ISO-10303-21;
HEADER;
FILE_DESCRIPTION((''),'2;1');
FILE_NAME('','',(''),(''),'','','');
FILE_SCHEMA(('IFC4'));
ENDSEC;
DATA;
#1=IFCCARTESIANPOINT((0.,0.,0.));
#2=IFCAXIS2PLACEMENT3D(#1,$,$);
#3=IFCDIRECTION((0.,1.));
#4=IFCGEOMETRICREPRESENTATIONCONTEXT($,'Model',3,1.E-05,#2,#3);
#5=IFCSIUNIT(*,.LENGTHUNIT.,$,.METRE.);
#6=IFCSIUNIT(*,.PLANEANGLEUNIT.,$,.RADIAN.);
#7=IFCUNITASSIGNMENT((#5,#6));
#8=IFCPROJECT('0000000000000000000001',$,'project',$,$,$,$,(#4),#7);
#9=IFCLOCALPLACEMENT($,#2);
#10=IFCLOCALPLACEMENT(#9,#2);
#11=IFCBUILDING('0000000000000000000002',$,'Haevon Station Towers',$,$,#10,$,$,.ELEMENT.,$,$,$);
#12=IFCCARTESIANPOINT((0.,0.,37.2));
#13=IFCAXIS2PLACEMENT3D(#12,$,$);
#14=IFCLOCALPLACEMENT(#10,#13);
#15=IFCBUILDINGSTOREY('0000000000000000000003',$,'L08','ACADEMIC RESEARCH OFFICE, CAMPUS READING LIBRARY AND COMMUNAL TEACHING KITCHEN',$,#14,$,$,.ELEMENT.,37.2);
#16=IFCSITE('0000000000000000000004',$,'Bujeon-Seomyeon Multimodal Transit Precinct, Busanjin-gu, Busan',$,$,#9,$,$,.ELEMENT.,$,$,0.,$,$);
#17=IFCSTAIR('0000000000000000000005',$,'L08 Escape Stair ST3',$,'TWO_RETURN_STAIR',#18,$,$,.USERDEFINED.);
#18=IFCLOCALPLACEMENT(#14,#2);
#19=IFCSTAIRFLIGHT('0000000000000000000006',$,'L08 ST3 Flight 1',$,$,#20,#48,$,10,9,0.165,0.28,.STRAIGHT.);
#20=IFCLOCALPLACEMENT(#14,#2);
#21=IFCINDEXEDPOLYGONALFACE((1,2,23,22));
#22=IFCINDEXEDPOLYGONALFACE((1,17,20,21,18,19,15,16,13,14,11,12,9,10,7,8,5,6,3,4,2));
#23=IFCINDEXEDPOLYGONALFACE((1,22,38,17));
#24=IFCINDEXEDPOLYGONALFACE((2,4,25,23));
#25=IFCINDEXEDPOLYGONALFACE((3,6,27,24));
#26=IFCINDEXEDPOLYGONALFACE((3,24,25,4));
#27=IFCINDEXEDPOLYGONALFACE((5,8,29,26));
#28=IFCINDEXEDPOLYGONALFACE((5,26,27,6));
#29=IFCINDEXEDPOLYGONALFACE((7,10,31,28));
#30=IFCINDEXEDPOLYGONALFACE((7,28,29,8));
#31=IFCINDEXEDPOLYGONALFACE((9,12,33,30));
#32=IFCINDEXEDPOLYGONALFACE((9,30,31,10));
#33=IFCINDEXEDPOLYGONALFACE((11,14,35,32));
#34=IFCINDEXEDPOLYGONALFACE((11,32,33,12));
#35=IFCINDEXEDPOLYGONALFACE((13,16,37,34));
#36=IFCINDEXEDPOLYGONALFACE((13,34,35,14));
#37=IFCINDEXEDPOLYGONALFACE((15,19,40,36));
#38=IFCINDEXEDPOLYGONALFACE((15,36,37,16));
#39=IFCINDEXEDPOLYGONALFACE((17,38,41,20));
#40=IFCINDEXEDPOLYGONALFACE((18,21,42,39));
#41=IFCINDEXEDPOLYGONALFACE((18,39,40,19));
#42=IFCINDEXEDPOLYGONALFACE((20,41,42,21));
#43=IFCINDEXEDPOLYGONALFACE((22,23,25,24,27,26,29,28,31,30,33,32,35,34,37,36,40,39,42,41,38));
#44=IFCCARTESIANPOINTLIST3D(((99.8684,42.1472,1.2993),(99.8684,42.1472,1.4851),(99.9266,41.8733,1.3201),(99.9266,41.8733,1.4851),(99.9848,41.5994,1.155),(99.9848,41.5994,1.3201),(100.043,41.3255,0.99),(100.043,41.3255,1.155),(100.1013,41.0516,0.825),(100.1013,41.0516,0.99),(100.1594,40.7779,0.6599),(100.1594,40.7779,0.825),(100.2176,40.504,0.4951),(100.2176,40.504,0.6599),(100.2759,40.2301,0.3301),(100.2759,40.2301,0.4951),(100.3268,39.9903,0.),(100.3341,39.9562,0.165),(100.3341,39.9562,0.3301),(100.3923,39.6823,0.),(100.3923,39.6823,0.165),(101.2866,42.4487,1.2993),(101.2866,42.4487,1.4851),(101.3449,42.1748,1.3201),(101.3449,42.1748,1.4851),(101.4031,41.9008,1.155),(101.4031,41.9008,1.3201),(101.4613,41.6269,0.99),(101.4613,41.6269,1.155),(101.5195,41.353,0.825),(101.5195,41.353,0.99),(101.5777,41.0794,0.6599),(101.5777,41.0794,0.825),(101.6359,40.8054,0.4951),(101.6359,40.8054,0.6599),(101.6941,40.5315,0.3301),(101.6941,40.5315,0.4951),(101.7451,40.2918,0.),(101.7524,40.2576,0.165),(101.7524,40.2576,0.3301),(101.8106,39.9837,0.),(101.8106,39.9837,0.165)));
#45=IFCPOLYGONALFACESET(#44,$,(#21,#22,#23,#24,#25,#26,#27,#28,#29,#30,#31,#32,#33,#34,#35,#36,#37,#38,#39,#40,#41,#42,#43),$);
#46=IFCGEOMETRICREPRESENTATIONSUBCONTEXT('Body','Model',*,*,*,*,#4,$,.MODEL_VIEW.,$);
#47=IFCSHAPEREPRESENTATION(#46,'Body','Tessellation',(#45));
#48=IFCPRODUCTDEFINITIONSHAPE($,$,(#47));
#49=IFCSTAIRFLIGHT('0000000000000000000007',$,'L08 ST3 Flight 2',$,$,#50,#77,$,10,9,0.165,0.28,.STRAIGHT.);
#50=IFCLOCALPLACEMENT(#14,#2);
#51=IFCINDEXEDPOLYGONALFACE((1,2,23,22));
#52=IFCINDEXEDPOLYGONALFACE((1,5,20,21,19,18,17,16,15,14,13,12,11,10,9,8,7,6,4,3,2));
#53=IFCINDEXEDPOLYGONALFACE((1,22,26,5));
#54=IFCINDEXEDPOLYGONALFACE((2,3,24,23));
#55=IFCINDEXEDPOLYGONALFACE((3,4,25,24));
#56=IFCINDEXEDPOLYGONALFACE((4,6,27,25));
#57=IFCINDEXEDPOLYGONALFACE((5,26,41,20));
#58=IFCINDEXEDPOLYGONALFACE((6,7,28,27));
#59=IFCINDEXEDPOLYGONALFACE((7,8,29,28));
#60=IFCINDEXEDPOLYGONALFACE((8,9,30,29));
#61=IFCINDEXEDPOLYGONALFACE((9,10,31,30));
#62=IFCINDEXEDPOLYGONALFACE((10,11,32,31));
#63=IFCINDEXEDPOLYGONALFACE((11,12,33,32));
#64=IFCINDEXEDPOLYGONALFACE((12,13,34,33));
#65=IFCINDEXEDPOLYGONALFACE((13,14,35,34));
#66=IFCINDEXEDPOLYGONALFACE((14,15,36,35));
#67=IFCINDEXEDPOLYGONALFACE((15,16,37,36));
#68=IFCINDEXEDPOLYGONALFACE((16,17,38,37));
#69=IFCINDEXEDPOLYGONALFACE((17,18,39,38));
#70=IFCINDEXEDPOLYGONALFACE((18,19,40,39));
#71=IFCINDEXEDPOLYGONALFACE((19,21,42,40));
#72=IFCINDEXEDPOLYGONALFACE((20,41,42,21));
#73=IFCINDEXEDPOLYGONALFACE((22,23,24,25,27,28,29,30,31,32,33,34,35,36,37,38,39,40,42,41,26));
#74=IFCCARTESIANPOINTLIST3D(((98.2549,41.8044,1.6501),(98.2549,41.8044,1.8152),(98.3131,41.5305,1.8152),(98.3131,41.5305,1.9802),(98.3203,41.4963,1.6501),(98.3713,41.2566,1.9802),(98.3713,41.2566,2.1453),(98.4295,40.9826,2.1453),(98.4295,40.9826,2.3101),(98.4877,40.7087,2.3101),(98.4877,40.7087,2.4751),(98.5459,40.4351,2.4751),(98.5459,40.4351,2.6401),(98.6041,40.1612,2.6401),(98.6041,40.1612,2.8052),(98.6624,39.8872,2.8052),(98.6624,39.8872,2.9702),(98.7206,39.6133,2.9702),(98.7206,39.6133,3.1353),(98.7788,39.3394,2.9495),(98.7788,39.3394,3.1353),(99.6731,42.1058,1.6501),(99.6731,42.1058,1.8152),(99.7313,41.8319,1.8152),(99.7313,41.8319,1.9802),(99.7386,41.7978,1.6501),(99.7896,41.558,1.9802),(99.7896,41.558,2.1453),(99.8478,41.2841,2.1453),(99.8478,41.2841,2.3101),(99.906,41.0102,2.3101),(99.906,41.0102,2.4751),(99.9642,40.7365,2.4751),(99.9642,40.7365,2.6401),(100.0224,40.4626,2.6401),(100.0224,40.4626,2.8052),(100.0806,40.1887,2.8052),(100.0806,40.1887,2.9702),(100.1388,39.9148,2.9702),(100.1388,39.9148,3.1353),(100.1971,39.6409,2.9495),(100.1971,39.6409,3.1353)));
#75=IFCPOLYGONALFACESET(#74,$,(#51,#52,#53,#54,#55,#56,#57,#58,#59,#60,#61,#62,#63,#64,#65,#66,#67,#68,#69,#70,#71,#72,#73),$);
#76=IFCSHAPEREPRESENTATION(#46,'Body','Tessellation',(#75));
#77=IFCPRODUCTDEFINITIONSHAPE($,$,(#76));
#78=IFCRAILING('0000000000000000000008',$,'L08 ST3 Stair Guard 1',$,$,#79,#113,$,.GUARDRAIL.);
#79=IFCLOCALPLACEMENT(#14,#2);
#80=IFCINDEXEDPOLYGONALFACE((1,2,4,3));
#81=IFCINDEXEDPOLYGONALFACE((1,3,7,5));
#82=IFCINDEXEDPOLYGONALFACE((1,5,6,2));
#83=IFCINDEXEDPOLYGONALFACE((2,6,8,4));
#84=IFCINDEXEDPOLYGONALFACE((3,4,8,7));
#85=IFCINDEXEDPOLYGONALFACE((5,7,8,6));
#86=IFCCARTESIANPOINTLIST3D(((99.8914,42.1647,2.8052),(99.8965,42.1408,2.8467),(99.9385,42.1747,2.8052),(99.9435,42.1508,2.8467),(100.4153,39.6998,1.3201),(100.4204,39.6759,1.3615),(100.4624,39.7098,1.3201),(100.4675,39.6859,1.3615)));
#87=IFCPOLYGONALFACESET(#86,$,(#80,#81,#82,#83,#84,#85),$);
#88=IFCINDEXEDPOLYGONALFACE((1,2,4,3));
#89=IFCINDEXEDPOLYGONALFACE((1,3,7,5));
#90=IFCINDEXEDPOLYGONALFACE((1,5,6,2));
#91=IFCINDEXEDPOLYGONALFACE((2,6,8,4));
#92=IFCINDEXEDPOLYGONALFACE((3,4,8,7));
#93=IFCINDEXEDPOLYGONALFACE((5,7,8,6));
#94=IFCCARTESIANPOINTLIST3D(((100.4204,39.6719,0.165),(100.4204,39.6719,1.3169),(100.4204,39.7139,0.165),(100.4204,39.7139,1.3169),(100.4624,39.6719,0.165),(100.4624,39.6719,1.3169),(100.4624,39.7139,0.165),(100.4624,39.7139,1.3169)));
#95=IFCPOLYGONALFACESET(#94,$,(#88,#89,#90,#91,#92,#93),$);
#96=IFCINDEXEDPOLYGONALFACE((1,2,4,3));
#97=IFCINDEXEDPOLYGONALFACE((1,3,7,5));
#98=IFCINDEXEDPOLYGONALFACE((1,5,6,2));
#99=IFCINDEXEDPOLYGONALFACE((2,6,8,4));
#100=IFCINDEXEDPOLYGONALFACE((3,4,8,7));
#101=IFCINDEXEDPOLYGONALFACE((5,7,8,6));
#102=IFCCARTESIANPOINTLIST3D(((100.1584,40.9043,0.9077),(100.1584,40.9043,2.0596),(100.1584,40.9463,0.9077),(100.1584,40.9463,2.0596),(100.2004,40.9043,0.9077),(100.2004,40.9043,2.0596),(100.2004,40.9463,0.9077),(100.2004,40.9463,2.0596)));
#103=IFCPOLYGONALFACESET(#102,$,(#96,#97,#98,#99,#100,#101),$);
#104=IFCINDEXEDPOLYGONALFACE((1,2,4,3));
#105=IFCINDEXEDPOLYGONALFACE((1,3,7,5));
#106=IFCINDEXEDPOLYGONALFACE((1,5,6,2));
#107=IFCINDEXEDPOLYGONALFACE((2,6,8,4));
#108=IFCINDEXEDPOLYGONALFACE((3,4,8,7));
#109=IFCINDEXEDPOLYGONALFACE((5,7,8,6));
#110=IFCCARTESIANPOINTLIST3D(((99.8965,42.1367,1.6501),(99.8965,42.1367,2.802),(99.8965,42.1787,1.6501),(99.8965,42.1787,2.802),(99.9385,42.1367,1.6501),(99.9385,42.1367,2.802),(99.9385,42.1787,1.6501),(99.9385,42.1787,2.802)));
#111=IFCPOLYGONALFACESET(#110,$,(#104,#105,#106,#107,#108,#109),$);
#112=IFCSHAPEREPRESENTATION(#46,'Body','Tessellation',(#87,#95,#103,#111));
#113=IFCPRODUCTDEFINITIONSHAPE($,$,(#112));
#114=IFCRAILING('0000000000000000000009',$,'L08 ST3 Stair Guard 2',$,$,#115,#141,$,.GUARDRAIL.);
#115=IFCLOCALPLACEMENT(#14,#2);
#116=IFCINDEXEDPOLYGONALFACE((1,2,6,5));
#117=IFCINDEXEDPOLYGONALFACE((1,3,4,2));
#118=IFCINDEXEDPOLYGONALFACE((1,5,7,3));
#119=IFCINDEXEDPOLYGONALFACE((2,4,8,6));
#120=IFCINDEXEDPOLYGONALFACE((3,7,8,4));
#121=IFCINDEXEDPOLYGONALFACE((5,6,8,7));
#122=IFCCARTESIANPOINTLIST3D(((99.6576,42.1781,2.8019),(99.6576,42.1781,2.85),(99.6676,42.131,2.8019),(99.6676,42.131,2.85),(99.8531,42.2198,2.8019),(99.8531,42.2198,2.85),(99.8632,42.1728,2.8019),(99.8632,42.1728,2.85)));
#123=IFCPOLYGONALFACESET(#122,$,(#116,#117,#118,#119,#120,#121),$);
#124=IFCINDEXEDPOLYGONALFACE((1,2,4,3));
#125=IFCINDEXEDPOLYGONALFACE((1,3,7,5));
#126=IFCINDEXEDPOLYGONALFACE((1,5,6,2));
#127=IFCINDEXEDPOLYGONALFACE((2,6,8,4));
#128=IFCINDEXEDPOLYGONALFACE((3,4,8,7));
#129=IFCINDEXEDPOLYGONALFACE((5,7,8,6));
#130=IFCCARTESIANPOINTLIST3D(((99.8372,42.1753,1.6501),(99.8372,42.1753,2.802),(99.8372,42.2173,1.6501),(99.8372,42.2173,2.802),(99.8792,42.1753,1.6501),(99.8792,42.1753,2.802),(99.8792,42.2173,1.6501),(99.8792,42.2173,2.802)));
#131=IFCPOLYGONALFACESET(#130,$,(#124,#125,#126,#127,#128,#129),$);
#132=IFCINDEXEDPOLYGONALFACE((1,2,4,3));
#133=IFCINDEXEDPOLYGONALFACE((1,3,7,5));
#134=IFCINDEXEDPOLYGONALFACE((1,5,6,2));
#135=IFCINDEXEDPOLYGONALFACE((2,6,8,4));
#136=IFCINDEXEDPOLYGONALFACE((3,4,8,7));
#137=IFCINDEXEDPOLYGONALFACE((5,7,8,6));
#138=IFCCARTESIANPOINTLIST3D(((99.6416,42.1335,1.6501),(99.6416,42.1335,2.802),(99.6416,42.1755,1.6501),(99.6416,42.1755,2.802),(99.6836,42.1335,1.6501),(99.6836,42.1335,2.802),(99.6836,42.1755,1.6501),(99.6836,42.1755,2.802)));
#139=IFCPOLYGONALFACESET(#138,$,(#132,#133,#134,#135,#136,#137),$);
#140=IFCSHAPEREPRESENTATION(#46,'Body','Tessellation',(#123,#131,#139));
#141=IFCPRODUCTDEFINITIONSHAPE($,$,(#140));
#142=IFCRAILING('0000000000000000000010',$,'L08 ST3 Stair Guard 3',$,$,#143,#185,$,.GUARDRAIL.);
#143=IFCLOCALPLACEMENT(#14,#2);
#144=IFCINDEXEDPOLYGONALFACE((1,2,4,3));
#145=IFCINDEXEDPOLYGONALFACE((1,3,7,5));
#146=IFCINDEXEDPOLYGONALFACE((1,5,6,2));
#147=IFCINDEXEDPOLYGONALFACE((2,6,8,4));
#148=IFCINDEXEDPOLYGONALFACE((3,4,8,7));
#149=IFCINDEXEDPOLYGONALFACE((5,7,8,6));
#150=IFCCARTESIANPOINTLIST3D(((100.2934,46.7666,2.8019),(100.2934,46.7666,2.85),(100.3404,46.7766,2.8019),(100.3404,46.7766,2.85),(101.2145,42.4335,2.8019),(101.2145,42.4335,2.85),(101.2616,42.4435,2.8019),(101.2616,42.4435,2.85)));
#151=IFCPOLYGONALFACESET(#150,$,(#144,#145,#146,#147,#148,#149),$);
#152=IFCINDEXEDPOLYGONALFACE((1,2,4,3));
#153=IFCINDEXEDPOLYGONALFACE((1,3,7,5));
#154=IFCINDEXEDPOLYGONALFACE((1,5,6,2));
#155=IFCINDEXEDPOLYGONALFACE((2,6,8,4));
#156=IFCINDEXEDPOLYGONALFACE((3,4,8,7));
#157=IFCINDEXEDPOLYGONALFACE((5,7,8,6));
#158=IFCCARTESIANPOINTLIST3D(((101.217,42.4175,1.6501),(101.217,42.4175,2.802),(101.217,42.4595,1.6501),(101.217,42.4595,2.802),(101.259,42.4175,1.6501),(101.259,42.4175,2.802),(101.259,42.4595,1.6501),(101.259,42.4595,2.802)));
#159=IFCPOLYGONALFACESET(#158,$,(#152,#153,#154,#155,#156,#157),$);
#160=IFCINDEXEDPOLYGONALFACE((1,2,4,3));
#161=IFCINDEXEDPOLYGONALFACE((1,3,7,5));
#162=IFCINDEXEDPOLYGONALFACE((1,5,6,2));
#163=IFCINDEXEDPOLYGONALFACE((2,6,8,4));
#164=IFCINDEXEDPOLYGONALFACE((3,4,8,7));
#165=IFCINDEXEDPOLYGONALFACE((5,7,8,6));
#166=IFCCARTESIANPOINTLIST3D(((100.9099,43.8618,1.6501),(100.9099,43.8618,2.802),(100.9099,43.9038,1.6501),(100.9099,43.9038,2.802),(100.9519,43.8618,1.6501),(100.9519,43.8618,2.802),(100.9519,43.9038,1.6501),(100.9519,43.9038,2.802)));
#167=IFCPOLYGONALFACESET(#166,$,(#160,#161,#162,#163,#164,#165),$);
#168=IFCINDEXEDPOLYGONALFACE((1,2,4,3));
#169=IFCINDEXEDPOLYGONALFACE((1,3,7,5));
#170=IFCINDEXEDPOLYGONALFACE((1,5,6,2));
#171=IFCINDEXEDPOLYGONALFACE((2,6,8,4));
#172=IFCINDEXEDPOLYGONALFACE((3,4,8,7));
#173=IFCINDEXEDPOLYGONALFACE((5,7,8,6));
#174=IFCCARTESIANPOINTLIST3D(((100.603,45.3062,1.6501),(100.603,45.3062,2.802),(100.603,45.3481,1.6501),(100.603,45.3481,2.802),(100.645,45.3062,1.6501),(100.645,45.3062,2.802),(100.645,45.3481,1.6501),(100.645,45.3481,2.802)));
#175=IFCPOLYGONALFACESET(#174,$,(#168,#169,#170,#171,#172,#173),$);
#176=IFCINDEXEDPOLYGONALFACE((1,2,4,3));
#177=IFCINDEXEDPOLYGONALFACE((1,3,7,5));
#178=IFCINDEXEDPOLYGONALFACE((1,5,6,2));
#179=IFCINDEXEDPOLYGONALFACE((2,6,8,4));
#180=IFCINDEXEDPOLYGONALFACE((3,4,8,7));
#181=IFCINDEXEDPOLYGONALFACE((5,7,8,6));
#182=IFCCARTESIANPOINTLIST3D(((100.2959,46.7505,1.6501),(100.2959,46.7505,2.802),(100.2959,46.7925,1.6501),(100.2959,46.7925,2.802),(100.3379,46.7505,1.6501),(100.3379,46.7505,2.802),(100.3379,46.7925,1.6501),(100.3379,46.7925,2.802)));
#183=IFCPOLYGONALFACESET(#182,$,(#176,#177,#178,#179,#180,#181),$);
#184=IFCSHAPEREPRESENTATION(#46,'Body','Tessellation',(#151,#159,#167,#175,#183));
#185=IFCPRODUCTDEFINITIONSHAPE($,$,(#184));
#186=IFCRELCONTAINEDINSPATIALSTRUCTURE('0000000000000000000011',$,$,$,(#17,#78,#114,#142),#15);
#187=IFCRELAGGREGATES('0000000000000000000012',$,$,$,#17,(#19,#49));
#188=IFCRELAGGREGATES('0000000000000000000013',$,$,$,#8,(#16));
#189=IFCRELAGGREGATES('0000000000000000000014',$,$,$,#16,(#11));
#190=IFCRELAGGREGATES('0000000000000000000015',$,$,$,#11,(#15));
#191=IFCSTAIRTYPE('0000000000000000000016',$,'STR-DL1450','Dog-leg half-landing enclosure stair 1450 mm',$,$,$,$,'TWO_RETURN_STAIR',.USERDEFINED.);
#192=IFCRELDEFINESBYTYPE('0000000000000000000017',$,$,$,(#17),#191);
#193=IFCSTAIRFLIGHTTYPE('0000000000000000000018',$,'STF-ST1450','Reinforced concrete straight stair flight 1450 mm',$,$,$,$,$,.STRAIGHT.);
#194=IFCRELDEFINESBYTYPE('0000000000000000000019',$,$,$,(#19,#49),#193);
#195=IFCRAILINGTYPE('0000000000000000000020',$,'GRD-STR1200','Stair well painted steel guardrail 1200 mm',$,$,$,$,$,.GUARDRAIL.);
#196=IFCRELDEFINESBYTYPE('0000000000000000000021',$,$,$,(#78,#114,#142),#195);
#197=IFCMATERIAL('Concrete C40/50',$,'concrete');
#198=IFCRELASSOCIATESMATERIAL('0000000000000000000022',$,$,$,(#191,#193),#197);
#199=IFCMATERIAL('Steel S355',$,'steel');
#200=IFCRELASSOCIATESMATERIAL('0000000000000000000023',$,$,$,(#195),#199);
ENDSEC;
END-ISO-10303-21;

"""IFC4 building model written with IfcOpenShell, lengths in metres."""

from ifc_helpers import new_model, si_unit, direction, frame, origin, origin_2d, place, context, subcontext, project, spatial, polyline, rectangle, outline, extrude, material, type_object, element, aggregate, save


model = new_model("IFC4")

# Units and contexts
model_context = context("Model", 3, precision=1e-05, world=origin(), true_north=direction((0.0, 1.0)))
body_context = subcontext(model_context, "Body", "Model", "MODEL_VIEW")
ifc_project = project(units=[si_unit("LENGTHUNIT", "METRE"), si_unit("PLANEANGLEUNIT", "RADIAN")], contexts=[model_context])

# Site, building, storey
site_placement = place(None, origin())
site = spatial("IfcSite", under=ifc_project, at=site_placement, Name="Bujeon-Seomyeon Multimodal Transit Precinct, Busanjin-gu, Busan", CompositionType="ELEMENT", RefElevation=0.0)
building_placement = place(site_placement, origin())
building = spatial("IfcBuilding", under=site, at=building_placement, Name="Haevon Station Towers", CompositionType="ELEMENT")
storey_placement = place(building_placement, frame((0.0, 0.0, 37.2)))
storey = spatial("IfcBuildingStorey", under=building, at=storey_placement, Name="L08", Description="ACADEMIC RESEARCH OFFICE, CAMPUS READING LIBRARY AND COMMUNAL TEACHING KITCHEN", CompositionType="ELEMENT", Elevation=37.2)

# Shared definitions
ifc_material_1 = material(Name="Steel S355", Category="steel")

# Shared definitions
ifc_material_2 = material(Name="Concrete C40/50", Category="concrete")

# Stair, stair flights
stair_type = type_object("IfcStairType", Name="STR-DL1450", Description="Dog-leg half-landing enclosure stair 1450 mm", ElementType="TWO_RETURN_STAIR", PredefinedType="USERDEFINED", material=ifc_material_2)
stair_placement = place(storey_placement, origin())
stair = element("IfcStair", 1, at=stair_placement, inside=storey, type_object=stair_type, Name="L08 Escape Stair ST3", ObjectType="TWO_RETURN_STAIR", PredefinedType="USERDEFINED")
stair_flight_type = type_object("IfcStairFlightType", Name="STF-ST1450", Description="Reinforced concrete straight stair flight 1450 mm", PredefinedType="STRAIGHT", material=ifc_material_2)
stair_flight_1_placement = place(storey_placement, frame((101.1016, 39.833, 0.0), z_axis=(0.0, 0.0, 1.0), x_axis=(-0.207912, 0.978148, 0.0)))
stair_flight_1 = element("IfcStairFlight", 2, at=stair_flight_1_placement, type_object=stair_flight_type, Name="L08 ST3 Flight 1", NumberOfRisers=10, NumberOfTreads=9, PredefinedType="STRAIGHT", RiserHeight=0.165, TreadLength=0.28, context=body_context, shape_type="SweptSolid", body=[
    extrude(outline(polyline([(0.0, 0.0), (0.0, 0.165), (0.28, 0.165), (0.28, 0.3301), (0.5601, 0.3301), (0.5601, 0.4951), (0.8401, 0.4951), (0.8401, 0.6599), (1.1201, 0.6599), (1.1201, 0.825), (1.3999, 0.825), (1.3999, 0.99), (1.6799, 0.99), (1.6799, 1.155), (1.96, 1.155), (1.96, 1.3201), (2.24, 1.3201), (2.24, 1.4851), (2.52, 1.4851), (2.52, 1.6499), (2.52, 1.2993), (0.3149, 0.0), (0.0, 0.0)])), frame((0.0, 0.7251, 0.0), z_axis=(0.0, -1.0, 0.0), x_axis=(1.0, 0.0, 0.0)), (0.0, 0.0, 1.0), 1.45),
])
stair_flight_2_placement = place(storey_placement, frame((98.9639, 41.9551, 1.6501), z_axis=(0.0, 0.0, 1.0), x_axis=(0.207912, -0.978148, 0.0)))
stair_flight_2 = element("IfcStairFlight", 3, at=stair_flight_2_placement, type_object=stair_flight_type, Name="L08 ST3 Flight 2", NumberOfRisers=10, NumberOfTreads=9, PredefinedType="STRAIGHT", RiserHeight=0.165, TreadLength=0.28, context=body_context, shape_type="SweptSolid", body=[
    extrude(outline(polyline([(0.0, 0.0), (0.0, 0.165), (0.28, 0.165), (0.28, 0.3301), (0.5601, 0.3301), (0.5601, 0.4951), (0.8401, 0.4951), (0.8401, 0.6599), (1.1201, 0.6599), (1.1201, 0.825), (1.3999, 0.825), (1.3999, 0.99), (1.6799, 0.99), (1.6799, 1.155), (1.96, 1.155), (1.96, 1.3201), (2.24, 1.3201), (2.24, 1.4851), (2.52, 1.4851), (2.52, 1.6499), (2.52, 1.2993), (0.3149, 0.0), (0.0, 0.0)])), frame((0.0, 0.7251, 0.0), z_axis=(0.0, -1.0, 0.0), x_axis=(1.0, 0.0, 0.0)), (0.0, 0.0, 1.0), 1.45),
])
aggregate(stair, [stair_flight_1, stair_flight_2])

# Railings
railing_type_1 = type_object("IfcRailingType", Name="GRD-STR1200", Description="Stair well painted steel guardrail 1200 mm", PredefinedType="GUARDRAIL", material=ifc_material_1)
railing_1_placement = place(storey_placement, frame((100.4414, 39.6929, 0.165)))
element("IfcRailing", 4, at=railing_1_placement, inside=storey, type_object=railing_type_1, Name="L08 ST3 Stair Guard 1", PredefinedType="GUARDRAIL", context=body_context, shape_type="SweptSolid", body=[
    extrude(rectangle(XDim=0.0481, YDim=0.0481, at=origin_2d()), frame((0.0, 0.0, 1.1758), z_axis=(-0.179121, 0.842688, 0.507733), x_axis=(-0.978147, -0.207914, 0.0)), (0.0, 0.0, 1.0), 2.925),
    extrude(rectangle(XDim=0.042, YDim=0.042, at=origin_2d()), origin(), (0.0, 0.0, 1.0), 1.1519),
    extrude(rectangle(XDim=0.042, YDim=0.042, at=origin_2d()), frame((-0.262, 1.2324, 0.7427)), (0.0, 0.0, 1.0), 1.1519),
    extrude(rectangle(XDim=0.042, YDim=0.042, at=origin_2d()), frame((-0.5239, 2.4648, 1.4851)), (0.0, 0.0, 1.0), 1.1519),
])
railing_2_placement = place(storey_placement, frame((99.8582, 42.1963, 1.6501)))
element("IfcRailing", 5, at=railing_2_placement, inside=storey, type_object=railing_type_1, Name="L08 ST3 Stair Guard 2", PredefinedType="GUARDRAIL", context=body_context, shape_type="SweptSolid", body=[
    extrude(rectangle(XDim=0.0481, YDim=0.0481, at=origin_2d()), frame((0.0, 0.0, 1.1758), z_axis=(-0.977963, -0.208779, 0.0), x_axis=(0.208779, -0.977963, 0.0)), (0.0, 0.0, 1.0), 0.2),
    extrude(rectangle(XDim=0.042, YDim=0.042, at=origin_2d()), origin(), (0.0, 0.0, 1.0), 1.1519),
    extrude(rectangle(XDim=0.042, YDim=0.042, at=origin_2d()), frame((-0.1956, -0.0417, 0.0)), (0.0, 0.0, 1.0), 1.1519),
])
railing_3_placement = place(storey_placement, frame((101.238, 42.4385, 1.6501)))
element("IfcRailing", 6, at=railing_3_placement, inside=storey, type_object=railing_type_1, Name="L08 ST3 Stair Guard 3", PredefinedType="GUARDRAIL", context=body_context, shape_type="SweptSolid", body=[
    extrude(rectangle(XDim=0.0481, YDim=0.0481, at=origin_2d()), frame((0.0, 0.0, 1.1758), z_axis=(-0.20794, 0.978141, 0.0), x_axis=(-0.978141, -0.20794, 0.0)), (0.0, 0.0, 1.0), 4.4299),
    extrude(rectangle(XDim=0.042, YDim=0.042, at=origin_2d()), origin(), (0.0, 0.0, 1.0), 1.1519),
    extrude(rectangle(XDim=0.042, YDim=0.042, at=origin_2d()), frame((-0.3071, 1.4443, 0.0)), (0.0, 0.0, 1.0), 1.1519),
    extrude(rectangle(XDim=0.042, YDim=0.042, at=origin_2d()), frame((-0.614, 2.8887, 0.0)), (0.0, 0.0, 1.0), 1.1519),
    extrude(rectangle(XDim=0.042, YDim=0.042, at=origin_2d()), frame((-0.9211, 4.333, 0.0)), (0.0, 0.0, 1.0), 1.1519),
])

save(model, "model.ifc")
